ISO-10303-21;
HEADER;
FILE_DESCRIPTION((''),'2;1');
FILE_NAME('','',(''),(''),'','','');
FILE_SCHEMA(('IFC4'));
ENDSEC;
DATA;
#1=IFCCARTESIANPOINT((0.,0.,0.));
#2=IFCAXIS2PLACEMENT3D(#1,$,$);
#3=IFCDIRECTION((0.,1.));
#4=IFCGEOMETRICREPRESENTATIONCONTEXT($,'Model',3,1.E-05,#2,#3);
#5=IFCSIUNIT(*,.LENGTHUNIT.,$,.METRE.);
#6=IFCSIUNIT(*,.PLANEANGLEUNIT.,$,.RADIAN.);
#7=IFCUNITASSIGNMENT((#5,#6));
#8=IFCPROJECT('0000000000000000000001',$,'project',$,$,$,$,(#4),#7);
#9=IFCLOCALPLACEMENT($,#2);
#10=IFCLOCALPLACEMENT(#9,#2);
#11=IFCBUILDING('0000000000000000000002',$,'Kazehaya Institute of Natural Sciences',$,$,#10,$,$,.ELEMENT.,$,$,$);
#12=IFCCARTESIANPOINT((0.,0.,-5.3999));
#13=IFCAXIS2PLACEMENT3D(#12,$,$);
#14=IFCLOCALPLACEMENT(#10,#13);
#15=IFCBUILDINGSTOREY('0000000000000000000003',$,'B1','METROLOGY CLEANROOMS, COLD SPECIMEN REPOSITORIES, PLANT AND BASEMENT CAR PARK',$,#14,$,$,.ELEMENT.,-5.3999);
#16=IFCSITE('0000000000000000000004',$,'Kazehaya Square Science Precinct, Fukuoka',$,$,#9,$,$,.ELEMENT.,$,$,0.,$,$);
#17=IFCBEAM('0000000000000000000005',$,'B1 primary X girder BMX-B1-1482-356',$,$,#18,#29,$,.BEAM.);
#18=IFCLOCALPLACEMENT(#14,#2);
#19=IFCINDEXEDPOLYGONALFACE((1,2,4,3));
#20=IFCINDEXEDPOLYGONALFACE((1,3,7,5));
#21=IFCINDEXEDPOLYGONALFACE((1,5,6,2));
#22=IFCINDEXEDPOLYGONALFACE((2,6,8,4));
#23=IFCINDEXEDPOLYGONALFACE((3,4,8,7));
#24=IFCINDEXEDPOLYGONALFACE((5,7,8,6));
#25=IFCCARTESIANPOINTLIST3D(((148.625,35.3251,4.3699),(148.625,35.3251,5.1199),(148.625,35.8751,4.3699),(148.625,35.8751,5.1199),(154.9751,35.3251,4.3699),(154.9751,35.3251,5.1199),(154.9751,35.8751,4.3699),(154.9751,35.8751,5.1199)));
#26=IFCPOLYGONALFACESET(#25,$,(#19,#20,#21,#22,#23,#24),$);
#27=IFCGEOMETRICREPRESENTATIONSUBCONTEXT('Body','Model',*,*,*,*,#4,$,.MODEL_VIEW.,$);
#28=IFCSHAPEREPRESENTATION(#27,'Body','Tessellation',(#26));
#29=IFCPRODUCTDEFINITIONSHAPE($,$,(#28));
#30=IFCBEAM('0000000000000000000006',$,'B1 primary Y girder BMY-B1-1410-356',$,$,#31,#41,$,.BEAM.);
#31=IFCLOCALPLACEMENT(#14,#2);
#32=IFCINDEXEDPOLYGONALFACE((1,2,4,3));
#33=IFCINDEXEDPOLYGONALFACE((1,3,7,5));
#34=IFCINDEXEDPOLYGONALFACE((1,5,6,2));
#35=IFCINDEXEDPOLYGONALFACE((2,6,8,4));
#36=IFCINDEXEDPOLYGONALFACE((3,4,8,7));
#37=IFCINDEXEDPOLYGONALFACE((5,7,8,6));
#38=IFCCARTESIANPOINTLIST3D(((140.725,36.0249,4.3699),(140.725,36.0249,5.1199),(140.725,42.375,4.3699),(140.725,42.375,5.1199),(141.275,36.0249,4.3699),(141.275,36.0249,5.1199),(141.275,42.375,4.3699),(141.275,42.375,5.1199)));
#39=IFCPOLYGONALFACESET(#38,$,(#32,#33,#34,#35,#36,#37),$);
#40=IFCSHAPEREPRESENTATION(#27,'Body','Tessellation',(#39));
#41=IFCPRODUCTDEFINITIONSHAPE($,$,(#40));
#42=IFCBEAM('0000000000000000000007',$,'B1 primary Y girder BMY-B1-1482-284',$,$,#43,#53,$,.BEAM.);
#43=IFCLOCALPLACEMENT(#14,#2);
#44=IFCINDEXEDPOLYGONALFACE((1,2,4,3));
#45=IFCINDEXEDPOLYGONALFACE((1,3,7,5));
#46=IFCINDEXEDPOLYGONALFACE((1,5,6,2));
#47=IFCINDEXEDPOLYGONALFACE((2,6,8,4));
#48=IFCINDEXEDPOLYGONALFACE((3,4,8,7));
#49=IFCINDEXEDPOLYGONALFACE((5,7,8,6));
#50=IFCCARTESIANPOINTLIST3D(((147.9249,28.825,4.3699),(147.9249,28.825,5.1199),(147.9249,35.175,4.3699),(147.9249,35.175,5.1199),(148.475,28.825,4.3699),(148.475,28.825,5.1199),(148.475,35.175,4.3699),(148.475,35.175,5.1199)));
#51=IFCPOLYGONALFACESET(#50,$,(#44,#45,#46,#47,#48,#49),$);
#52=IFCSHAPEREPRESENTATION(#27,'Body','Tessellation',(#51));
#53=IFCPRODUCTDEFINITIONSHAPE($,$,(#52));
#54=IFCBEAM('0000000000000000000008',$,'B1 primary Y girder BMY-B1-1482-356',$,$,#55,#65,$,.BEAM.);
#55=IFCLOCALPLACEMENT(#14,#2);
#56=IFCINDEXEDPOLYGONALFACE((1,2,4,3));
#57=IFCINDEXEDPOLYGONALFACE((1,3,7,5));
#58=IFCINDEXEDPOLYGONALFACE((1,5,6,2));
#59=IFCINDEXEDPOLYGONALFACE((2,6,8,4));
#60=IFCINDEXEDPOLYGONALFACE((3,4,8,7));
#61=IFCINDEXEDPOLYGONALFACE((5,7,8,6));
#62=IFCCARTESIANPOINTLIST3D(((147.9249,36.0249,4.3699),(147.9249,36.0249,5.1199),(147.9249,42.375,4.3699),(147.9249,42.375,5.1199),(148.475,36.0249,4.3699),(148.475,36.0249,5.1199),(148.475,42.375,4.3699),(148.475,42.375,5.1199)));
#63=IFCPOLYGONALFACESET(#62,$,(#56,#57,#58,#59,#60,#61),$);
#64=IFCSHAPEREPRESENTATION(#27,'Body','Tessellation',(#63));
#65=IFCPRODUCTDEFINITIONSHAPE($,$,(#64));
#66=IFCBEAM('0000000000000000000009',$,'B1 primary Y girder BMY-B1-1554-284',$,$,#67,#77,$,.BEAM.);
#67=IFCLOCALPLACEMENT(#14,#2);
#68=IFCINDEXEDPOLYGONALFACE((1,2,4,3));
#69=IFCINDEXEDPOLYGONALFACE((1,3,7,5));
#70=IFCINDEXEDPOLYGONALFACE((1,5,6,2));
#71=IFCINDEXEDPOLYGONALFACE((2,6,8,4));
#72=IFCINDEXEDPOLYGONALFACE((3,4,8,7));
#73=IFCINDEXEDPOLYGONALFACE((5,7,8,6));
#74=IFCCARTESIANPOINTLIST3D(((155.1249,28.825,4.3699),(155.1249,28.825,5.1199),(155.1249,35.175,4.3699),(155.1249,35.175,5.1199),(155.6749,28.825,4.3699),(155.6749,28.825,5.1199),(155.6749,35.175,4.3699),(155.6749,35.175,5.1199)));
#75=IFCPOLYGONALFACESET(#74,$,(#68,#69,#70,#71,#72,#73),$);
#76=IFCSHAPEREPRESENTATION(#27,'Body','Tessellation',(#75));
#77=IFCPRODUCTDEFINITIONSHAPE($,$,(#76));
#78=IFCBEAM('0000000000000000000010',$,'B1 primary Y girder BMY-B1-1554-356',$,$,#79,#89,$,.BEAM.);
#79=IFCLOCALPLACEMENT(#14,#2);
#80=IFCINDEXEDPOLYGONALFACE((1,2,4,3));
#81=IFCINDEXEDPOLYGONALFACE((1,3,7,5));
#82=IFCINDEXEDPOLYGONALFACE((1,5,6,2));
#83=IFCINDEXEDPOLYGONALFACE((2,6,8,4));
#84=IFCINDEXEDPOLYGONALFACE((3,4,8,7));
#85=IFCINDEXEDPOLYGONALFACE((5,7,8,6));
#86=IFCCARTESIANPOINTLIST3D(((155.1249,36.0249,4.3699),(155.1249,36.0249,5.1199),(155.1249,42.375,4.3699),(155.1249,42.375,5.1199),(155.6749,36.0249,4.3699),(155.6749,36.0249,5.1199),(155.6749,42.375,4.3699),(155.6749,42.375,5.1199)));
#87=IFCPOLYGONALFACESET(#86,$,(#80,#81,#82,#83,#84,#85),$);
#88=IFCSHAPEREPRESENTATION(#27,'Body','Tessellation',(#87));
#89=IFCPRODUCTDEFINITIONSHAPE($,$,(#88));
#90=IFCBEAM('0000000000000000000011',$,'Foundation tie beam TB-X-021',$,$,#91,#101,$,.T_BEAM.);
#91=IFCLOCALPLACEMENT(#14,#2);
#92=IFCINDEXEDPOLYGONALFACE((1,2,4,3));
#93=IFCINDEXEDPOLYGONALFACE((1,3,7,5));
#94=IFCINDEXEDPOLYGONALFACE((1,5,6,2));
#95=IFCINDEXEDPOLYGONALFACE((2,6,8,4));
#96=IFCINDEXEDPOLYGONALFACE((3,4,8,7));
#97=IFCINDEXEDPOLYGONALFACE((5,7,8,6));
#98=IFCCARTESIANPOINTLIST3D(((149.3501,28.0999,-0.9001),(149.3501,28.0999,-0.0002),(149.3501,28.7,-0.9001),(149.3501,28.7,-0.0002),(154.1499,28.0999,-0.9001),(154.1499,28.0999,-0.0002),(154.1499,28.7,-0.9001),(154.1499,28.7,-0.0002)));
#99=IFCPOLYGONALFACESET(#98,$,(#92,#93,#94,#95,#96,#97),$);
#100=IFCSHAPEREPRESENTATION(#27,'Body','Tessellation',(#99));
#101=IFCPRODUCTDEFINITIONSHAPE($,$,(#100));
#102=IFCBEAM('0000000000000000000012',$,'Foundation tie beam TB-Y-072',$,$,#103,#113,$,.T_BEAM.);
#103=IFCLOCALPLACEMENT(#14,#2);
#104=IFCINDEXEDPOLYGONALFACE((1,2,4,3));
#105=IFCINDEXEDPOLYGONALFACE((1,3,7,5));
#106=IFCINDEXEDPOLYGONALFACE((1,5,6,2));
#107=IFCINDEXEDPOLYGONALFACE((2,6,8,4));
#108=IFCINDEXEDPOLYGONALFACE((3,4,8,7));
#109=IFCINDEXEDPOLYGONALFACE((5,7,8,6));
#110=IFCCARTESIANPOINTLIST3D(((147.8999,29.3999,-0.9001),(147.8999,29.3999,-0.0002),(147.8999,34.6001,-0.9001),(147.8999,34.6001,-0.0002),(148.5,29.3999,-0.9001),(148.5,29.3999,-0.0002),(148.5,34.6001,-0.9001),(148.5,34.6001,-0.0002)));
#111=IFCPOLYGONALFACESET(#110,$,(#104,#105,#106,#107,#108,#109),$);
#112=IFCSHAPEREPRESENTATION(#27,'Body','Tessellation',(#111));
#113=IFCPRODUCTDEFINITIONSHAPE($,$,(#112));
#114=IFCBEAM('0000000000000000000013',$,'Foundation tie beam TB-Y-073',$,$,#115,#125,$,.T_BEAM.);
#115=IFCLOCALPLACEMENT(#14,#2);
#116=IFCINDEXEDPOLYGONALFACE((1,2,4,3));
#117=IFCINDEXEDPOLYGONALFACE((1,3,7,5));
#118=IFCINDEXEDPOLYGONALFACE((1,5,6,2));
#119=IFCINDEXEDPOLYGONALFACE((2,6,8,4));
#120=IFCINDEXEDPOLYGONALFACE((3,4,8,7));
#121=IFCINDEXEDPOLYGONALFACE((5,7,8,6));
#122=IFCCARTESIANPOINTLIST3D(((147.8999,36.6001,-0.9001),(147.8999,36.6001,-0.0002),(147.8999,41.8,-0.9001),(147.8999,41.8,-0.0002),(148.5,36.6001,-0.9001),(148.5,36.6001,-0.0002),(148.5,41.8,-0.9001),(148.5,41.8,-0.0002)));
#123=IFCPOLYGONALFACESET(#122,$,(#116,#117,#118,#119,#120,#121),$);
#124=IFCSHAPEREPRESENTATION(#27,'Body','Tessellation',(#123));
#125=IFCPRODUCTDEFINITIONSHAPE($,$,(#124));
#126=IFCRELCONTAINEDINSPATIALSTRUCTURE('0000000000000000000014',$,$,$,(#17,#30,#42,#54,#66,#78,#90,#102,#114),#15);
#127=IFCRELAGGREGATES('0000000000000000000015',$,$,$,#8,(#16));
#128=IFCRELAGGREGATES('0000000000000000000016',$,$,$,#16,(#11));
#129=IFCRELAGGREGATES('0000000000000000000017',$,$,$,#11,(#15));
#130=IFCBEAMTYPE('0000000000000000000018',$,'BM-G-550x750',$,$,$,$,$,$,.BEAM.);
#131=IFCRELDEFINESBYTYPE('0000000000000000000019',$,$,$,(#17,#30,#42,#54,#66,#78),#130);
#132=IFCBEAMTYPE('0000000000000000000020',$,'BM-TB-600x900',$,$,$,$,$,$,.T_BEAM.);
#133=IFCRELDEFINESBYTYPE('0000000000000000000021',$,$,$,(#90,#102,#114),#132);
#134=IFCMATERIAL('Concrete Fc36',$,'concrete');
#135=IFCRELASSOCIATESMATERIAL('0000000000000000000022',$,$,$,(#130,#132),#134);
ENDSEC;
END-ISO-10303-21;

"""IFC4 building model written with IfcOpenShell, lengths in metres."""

from ifc_helpers import new_model, si_unit, direction, frame, origin, origin_2d, place, context, subcontext, project, spatial, rectangle, extrude, material, material_profile, profile_set, type_object, element, save


model = new_model("IFC4")

# Units and contexts
model_context = context("Model", 3, precision=1e-05, world=origin(), true_north=direction((0.0, 1.0)))
body_context = subcontext(model_context, "Body", "Model", "MODEL_VIEW")
ifc_project = project(units=[si_unit("LENGTHUNIT", "METRE"), si_unit("PLANEANGLEUNIT", "RADIAN")], contexts=[model_context])

# Site, building, storey
site_placement = place(None, origin())
site = spatial("IfcSite", under=ifc_project, at=site_placement, Name="Kazehaya Square Science Precinct, Fukuoka", CompositionType="ELEMENT", RefElevation=0.0)
building_placement = place(site_placement, origin())
building = spatial("IfcBuilding", under=site, at=building_placement, Name="Kazehaya Institute of Natural Sciences", CompositionType="ELEMENT")
storey_placement = place(building_placement, frame((0.0, 0.0, -5.3999)))
storey = spatial("IfcBuildingStorey", under=building, at=storey_placement, Name="B1", Description="METROLOGY CLEANROOMS, COLD SPECIMEN REPOSITORIES, PLANT AND BASEMENT CAR PARK", CompositionType="ELEMENT", Elevation=-5.3999)

# Shared definitions
ifc_material_1 = material(Name="Concrete Fc36", Category="concrete")

# Beams
ifc_material_profile_1 = material_profile(ifc_material_1, rectangle(XDim=0.55, YDim=0.75, at=origin_2d()), Name="RC-550x750")
ifc_profile_set_1 = profile_set([ifc_material_profile_1], Name="Concrete Fc36")
beam_type_1 = type_object("IfcBeamType", Name="BM-G-550x750", PredefinedType="BEAM", material=ifc_profile_set_1)
for number, where, z_axis, x_axis, name in (
    (1, (148.625, 35.6001, 4.7449), (1.0, 0.0, 0.0), (0.0, 1.0, 0.0), "B1 primary X girder BMX-B1-1482-356"),
    (2, (141.0, 36.0249, 4.7449), (0.0, 1.0, 0.0), (-1.0, 0.0, 0.0), "B1 primary Y girder BMY-B1-1410-356"),
    (3, (148.2, 28.825, 4.7449), (0.0, 1.0, 0.0), (-1.0, 0.0, 0.0), "B1 primary Y girder BMY-B1-1482-284"),
    (4, (148.2, 36.0249, 4.7449), (0.0, 1.0, 0.0), (-1.0, 0.0, 0.0), "B1 primary Y girder BMY-B1-1482-356"),
    (5, (155.3999, 28.825, 4.7449), (0.0, 1.0, 0.0), (-1.0, 0.0, 0.0), "B1 primary Y girder BMY-B1-1554-284"),
    (6, (155.3999, 36.0249, 4.7449), (0.0, 1.0, 0.0), (-1.0, 0.0, 0.0), "B1 primary Y girder BMY-B1-1554-356"),
):
    element("IfcBeam", number, at=place(storey_placement, frame(where, z_axis=z_axis, x_axis=x_axis)), inside=storey, type_object=beam_type_1, Name=name, PredefinedType="BEAM", context=body_context, shape_type="SweptSolid", body=[
        extrude(rectangle(XDim=0.55, YDim=0.75, at=origin_2d()), origin(), (0.0, 0.0, 1.0), 6.3501),
    ])
ifc_material_profile_2 = material_profile(ifc_material_1, rectangle(XDim=0.6001, YDim=0.8999, at=origin_2d()), Name="RC-600x900")
ifc_profile_set_2 = profile_set([ifc_material_profile_2], Name="Concrete Fc36")
beam_type_2 = type_object("IfcBeamType", Name="BM-TB-600x900", PredefinedType="T_BEAM", material=ifc_profile_set_2)
beam_1_placement = place(storey_placement, frame((149.3501, 28.3999, -0.4502), z_axis=(1.0, 0.0, 0.0), x_axis=(0.0, 1.0, 0.0)))
element("IfcBeam", 7, at=beam_1_placement, inside=storey, type_object=beam_type_2, Name="Foundation tie beam TB-X-021", PredefinedType="T_BEAM", context=body_context, shape_type="SweptSolid", body=[
    extrude(rectangle(XDim=0.6001, YDim=0.8999, at=origin_2d()), origin(), (0.0, 0.0, 1.0), 4.7998),
])
beam_2_placement = place(storey_placement, frame((148.2, 29.3999, -0.4502), z_axis=(0.0, 1.0, 0.0), x_axis=(-1.0, 0.0, 0.0)))
element("IfcBeam", 8, at=beam_2_placement, inside=storey, type_object=beam_type_2, Name="Foundation tie beam TB-Y-072", PredefinedType="T_BEAM", context=body_context, shape_type="SweptSolid", body=[
    extrude(rectangle(XDim=0.6001, YDim=0.8999, at=origin_2d()), origin(), (0.0, 0.0, 1.0), 5.2002),
])
beam_3_placement = place(storey_placement, frame((148.2, 36.6001, -0.4502), z_axis=(0.0, 1.0, 0.0), x_axis=(-1.0, 0.0, 0.0)))
element("IfcBeam", 9, at=beam_3_placement, inside=storey, type_object=beam_type_2, Name="Foundation tie beam TB-Y-073", PredefinedType="T_BEAM", context=body_context, shape_type="SweptSolid", body=[
    extrude(rectangle(XDim=0.6001, YDim=0.8999, at=origin_2d()), origin(), (0.0, 0.0, 1.0), 5.2),
])

save(model, "model.ifc")
